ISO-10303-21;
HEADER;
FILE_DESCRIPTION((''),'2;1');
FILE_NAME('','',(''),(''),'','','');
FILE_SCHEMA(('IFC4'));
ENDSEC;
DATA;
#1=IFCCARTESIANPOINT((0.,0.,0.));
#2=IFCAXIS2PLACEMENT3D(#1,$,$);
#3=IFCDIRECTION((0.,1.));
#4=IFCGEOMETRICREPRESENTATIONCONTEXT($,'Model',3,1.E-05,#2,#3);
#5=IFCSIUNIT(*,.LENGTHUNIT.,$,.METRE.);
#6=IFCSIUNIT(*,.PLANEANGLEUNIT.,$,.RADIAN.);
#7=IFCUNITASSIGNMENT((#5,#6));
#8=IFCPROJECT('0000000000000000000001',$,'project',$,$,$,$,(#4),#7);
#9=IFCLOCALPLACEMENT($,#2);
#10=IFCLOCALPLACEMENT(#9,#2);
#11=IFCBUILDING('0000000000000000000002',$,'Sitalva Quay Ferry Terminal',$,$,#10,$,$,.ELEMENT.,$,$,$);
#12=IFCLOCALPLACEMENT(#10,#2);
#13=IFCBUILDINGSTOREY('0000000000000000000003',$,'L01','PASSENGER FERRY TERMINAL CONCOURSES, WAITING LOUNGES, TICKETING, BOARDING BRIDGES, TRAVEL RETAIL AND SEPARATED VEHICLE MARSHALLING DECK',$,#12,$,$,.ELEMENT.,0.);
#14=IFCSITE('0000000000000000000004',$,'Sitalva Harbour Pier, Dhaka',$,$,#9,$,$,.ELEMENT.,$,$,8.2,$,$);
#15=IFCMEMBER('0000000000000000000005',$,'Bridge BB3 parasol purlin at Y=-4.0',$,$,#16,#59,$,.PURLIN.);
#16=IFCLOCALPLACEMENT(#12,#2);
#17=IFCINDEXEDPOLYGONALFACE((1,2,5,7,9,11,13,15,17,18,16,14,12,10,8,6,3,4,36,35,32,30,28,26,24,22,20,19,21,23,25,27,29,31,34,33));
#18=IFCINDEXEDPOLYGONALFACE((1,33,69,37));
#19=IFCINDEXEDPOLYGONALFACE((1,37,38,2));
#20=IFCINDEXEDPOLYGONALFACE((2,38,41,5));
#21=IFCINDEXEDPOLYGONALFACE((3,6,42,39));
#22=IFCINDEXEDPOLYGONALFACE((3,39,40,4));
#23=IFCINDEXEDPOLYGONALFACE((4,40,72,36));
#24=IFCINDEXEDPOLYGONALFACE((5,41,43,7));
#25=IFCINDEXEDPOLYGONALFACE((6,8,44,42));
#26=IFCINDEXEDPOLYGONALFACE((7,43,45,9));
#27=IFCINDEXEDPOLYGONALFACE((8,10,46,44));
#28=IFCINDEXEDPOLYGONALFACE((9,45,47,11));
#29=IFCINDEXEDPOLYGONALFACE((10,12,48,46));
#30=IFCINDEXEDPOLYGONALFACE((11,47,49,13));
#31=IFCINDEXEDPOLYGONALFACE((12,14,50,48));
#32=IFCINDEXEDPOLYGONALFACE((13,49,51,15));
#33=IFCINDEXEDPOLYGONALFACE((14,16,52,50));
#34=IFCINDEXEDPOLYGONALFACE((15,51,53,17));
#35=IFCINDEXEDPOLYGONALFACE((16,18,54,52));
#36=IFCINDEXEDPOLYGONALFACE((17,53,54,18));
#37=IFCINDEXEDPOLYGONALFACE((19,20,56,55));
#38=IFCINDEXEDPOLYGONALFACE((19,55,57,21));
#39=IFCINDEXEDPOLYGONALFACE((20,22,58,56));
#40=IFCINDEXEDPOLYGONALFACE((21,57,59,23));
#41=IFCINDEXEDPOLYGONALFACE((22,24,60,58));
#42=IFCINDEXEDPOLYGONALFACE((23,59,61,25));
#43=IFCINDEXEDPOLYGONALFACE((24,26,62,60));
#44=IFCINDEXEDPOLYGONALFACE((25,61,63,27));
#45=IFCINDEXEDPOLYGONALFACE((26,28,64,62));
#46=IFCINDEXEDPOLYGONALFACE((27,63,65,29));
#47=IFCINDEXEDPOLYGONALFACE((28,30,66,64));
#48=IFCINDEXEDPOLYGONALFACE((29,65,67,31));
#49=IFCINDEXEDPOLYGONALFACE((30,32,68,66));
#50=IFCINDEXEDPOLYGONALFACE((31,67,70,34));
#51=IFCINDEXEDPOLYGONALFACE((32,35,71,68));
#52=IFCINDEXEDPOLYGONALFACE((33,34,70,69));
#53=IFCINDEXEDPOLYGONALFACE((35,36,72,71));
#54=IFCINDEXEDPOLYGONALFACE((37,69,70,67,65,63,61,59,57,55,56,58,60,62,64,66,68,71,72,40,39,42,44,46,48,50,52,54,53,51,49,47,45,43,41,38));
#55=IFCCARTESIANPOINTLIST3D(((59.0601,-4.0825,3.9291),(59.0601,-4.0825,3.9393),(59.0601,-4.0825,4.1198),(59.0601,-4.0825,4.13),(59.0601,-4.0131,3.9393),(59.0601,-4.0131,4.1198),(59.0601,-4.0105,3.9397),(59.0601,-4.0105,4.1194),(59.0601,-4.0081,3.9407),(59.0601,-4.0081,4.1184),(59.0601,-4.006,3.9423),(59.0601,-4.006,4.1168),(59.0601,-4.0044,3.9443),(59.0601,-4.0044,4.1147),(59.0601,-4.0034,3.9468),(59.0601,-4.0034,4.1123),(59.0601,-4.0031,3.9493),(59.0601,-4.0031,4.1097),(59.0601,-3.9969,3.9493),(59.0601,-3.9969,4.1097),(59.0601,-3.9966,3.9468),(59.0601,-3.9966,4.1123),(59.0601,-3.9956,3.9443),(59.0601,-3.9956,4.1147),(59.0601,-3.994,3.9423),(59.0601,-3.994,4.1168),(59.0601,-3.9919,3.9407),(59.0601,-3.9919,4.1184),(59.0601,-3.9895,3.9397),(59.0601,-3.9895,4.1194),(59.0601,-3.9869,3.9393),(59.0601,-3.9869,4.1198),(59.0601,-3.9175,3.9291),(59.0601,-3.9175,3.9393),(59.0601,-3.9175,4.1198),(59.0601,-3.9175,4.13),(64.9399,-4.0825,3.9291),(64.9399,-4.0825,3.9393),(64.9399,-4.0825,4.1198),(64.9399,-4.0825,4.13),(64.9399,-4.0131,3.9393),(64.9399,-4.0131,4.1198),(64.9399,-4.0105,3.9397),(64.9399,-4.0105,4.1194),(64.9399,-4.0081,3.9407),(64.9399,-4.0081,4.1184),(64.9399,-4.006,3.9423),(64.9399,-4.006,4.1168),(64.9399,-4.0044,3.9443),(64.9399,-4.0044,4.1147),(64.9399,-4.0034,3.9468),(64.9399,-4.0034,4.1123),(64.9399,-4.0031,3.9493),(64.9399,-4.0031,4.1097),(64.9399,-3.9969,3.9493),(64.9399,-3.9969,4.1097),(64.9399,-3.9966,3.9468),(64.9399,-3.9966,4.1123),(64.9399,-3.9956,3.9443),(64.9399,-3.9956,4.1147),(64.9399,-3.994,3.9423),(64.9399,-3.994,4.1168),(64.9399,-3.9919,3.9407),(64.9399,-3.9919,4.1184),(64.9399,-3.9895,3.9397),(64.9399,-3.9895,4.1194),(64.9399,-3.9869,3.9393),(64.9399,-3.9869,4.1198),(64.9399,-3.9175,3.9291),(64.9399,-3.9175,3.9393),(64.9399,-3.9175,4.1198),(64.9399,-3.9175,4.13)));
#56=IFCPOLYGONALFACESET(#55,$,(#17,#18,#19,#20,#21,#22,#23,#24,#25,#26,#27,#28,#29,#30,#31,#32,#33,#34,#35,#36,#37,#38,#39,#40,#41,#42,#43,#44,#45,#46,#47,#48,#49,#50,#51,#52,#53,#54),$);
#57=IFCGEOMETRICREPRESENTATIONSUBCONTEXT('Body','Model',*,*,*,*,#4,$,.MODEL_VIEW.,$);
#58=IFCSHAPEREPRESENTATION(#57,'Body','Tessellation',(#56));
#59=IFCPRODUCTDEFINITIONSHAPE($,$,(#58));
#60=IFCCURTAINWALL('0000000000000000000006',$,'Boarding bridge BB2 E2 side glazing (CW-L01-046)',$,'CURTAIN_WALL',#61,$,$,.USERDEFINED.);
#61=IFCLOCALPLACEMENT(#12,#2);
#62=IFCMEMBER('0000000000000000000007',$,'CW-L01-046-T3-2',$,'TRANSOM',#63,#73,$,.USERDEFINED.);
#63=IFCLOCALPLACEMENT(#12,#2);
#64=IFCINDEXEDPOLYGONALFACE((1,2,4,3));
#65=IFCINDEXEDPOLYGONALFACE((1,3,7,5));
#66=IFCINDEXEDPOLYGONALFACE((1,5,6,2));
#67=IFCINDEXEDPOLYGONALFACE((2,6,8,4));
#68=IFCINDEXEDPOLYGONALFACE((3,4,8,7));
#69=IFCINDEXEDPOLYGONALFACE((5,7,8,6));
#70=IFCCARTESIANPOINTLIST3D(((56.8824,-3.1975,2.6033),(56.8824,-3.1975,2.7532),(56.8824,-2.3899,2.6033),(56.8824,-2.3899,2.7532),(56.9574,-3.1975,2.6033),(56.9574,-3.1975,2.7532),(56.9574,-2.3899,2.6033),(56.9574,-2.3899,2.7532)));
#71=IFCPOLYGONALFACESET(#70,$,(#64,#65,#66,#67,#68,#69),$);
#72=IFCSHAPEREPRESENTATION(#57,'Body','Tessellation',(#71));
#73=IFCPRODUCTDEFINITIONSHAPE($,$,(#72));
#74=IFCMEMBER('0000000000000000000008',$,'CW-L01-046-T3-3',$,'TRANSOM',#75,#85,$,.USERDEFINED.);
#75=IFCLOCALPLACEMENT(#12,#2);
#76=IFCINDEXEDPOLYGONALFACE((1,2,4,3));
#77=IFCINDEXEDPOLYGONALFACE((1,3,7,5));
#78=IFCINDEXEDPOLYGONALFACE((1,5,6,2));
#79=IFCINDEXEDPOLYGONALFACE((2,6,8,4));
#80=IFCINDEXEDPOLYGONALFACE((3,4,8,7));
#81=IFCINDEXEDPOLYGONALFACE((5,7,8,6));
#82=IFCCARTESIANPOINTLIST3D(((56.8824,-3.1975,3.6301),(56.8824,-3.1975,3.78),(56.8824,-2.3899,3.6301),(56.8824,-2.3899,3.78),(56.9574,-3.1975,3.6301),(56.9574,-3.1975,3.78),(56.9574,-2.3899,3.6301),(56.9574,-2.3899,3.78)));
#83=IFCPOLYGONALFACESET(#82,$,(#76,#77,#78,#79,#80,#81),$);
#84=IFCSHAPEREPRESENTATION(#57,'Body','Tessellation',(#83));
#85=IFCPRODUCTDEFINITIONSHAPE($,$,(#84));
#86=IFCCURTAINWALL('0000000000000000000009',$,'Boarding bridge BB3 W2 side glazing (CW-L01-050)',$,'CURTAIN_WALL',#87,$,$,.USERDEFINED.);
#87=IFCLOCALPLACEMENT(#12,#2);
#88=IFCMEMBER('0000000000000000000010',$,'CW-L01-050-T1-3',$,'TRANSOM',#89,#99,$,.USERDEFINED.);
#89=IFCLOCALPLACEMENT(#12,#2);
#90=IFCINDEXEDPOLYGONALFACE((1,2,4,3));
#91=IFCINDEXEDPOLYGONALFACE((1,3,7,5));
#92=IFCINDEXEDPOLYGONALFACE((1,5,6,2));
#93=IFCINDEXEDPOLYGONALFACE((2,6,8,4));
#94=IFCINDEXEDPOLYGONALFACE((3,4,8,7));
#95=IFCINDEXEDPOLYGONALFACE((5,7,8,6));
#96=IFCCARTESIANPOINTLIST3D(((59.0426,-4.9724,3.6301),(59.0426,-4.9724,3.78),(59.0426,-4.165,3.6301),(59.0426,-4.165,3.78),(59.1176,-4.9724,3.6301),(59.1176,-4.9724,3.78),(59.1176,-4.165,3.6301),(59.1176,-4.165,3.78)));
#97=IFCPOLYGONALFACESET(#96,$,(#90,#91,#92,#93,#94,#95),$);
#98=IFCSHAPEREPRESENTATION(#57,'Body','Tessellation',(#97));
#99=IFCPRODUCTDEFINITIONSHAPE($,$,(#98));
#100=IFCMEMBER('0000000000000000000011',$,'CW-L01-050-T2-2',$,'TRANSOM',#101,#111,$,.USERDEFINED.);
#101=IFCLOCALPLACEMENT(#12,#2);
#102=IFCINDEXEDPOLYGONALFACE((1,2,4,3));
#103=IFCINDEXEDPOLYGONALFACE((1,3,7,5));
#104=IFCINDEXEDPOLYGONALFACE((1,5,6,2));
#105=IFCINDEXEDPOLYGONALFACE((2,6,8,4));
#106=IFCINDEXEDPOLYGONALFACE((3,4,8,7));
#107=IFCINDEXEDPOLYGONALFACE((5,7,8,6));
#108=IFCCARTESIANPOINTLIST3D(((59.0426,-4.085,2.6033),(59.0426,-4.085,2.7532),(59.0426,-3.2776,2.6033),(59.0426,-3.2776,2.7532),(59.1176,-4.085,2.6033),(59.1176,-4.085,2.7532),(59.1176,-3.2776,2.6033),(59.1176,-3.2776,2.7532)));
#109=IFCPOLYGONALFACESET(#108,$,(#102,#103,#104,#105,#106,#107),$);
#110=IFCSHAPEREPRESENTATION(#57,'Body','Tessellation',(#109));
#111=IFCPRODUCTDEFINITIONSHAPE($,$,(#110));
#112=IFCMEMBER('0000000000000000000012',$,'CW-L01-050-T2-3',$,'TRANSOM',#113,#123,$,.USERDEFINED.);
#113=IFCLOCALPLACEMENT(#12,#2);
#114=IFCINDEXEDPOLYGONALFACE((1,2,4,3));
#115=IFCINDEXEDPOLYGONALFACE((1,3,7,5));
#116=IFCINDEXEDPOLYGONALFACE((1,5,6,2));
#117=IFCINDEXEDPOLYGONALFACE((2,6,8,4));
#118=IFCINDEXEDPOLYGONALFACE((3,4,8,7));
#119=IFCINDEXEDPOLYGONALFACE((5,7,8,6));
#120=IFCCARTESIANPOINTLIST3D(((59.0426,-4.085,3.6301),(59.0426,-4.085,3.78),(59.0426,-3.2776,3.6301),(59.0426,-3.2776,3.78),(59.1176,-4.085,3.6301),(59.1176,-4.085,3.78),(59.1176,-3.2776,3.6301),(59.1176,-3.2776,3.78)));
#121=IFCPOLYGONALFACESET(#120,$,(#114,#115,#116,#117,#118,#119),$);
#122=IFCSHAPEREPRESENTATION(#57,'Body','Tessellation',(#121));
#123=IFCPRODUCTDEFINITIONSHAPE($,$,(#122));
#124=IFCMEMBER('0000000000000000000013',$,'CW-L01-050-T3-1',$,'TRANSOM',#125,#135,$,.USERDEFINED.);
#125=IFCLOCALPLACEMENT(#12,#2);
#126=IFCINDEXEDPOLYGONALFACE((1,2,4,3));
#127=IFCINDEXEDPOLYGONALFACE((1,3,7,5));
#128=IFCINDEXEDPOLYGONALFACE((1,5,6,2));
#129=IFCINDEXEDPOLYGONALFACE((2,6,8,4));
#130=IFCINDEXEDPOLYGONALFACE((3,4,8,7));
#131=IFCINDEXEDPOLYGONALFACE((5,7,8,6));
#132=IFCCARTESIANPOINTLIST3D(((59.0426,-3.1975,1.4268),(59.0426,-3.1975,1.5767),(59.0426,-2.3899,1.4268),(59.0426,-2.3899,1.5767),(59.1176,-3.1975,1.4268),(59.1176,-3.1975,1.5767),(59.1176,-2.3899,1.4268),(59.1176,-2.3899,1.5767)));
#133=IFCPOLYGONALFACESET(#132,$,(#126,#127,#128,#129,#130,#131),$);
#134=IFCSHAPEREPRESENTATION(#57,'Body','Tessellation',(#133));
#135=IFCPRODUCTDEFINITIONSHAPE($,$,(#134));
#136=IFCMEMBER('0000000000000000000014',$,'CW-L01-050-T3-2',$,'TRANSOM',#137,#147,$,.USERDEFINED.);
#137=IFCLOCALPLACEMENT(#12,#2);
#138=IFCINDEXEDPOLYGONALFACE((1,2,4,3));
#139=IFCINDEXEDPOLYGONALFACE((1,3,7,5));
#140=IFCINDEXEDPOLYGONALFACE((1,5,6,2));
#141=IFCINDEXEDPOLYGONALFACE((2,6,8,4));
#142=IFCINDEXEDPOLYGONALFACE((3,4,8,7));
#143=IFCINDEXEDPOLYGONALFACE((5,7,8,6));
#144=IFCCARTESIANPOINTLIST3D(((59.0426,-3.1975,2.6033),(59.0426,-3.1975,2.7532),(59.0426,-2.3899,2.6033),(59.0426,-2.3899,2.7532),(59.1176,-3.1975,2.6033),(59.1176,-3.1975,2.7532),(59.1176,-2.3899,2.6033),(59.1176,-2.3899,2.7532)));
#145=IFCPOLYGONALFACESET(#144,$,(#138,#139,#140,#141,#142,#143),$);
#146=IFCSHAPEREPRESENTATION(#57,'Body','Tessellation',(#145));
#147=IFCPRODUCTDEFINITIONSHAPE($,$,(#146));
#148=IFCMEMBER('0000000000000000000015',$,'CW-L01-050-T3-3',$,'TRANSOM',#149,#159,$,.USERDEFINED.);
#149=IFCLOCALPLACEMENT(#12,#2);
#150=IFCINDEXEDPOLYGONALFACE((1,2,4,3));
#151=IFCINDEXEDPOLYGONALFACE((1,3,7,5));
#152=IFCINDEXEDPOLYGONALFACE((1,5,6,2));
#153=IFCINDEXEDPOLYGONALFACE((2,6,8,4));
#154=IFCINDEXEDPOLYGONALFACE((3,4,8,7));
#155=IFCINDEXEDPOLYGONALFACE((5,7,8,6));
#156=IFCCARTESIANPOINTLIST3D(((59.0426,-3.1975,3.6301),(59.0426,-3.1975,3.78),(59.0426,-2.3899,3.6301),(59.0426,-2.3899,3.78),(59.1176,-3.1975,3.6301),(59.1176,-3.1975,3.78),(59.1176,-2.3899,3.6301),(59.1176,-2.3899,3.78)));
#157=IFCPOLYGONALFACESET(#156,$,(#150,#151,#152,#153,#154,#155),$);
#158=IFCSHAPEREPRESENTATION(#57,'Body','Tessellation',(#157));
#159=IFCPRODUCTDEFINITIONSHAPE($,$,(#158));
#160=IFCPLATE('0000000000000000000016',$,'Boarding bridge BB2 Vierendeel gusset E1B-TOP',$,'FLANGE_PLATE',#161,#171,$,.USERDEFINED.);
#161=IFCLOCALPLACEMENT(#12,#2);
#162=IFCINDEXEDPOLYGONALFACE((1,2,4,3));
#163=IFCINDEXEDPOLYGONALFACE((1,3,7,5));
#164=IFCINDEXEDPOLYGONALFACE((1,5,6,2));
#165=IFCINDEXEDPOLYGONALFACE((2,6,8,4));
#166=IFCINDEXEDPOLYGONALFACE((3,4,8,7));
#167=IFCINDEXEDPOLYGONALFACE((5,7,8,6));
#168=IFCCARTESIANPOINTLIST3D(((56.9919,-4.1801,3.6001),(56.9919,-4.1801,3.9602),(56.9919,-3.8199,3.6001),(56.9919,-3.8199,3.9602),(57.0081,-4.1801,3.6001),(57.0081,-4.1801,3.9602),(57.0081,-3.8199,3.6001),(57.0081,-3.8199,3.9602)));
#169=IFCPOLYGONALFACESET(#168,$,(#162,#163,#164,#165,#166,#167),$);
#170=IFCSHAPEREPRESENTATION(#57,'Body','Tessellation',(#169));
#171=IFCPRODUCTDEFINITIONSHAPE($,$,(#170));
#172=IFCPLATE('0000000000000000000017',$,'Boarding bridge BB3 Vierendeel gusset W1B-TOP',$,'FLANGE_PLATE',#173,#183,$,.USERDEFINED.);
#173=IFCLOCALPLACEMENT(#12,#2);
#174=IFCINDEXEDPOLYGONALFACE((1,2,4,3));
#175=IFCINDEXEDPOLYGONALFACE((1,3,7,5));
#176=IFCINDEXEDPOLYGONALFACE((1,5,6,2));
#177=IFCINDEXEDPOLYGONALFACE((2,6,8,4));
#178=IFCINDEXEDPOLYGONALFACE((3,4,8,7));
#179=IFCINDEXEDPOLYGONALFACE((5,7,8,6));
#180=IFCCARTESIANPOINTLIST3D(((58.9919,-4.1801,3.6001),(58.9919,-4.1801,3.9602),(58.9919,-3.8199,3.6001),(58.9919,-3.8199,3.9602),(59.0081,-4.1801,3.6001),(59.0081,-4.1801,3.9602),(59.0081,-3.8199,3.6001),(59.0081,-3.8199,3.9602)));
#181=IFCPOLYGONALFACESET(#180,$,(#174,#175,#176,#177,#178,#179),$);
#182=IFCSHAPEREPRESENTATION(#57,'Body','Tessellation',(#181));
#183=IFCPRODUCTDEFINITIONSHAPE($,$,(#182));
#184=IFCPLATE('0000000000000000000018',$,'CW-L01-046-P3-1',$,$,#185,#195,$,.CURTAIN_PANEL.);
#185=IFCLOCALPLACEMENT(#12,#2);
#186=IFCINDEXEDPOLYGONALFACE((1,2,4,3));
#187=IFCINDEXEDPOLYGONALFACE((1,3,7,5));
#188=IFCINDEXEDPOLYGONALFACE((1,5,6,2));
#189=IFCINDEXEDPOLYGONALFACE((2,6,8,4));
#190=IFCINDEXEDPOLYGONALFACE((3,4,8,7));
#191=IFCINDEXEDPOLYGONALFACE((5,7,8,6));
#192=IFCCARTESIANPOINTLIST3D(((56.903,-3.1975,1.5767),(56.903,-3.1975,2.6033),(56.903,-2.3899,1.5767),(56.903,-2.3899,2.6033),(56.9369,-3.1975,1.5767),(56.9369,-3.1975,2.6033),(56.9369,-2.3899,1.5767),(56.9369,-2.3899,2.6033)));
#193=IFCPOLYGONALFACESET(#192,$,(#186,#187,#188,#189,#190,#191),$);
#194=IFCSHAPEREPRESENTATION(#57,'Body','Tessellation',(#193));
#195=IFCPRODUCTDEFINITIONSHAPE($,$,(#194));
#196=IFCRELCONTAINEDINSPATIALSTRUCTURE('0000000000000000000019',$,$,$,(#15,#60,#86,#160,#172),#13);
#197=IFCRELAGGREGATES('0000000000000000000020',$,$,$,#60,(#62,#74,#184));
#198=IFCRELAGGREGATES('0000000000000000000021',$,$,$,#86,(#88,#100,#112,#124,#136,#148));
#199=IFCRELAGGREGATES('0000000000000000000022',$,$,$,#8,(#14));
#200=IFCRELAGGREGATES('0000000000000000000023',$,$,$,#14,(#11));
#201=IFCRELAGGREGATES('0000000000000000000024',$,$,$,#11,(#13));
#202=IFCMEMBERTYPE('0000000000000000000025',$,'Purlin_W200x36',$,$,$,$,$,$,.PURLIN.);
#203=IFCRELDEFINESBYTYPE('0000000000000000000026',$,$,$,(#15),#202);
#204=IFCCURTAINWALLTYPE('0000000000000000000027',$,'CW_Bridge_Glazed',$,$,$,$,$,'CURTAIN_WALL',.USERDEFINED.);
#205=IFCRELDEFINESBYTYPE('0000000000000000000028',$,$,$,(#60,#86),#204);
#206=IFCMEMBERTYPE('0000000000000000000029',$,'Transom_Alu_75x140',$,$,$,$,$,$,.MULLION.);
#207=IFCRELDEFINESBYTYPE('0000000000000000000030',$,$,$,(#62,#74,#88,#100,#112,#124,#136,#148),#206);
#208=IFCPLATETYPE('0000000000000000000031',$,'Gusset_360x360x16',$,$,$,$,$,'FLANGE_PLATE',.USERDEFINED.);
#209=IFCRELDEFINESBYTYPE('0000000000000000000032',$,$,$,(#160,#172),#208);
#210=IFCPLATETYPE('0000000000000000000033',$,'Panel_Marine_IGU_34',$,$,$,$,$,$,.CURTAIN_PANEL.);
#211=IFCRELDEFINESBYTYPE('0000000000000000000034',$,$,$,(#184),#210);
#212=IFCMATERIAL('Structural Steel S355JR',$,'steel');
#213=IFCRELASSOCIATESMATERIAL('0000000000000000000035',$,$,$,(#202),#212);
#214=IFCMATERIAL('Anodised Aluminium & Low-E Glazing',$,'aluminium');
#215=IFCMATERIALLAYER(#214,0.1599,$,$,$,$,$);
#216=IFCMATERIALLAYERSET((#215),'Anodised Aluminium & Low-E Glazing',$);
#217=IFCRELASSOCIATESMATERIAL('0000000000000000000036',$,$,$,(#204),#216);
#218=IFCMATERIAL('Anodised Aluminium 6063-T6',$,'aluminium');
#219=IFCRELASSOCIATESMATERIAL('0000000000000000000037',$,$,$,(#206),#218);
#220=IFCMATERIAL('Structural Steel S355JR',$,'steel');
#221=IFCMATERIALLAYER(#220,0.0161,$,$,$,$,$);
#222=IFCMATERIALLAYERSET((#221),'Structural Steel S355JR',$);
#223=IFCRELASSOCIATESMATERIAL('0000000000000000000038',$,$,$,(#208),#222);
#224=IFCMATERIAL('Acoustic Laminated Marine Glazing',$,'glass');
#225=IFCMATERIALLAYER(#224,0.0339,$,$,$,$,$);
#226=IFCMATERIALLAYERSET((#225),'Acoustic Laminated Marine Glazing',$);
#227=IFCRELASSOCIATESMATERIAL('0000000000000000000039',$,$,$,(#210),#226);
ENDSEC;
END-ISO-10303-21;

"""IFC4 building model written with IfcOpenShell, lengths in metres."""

from ifc_helpers import new_model, si_unit, direction, frame, origin, origin_2d, place, context, subcontext, project, spatial, rectangle, i_section, extrude, material, layer, layer_set, material_profile, profile_set, type_object, element, aggregate, save


model = new_model("IFC4")

# Units and contexts
model_context = context("Model", 3, precision=1e-05, world=origin(), true_north=direction((0.0, 1.0)))
body_context = subcontext(model_context, "Body", "Model", "MODEL_VIEW")
ifc_project = project(units=[si_unit("LENGTHUNIT", "METRE"), si_unit("PLANEANGLEUNIT", "RADIAN")], contexts=[model_context])

# Site, building, storey
site_placement = place(None, origin())
site = spatial("IfcSite", under=ifc_project, at=site_placement, Name="Sitalva Harbour Pier, Dhaka", CompositionType="ELEMENT", RefElevation=8.2)
building_placement = place(site_placement, origin())
building = spatial("IfcBuilding", under=site, at=building_placement, Name="Sitalva Quay Ferry Terminal", CompositionType="ELEMENT")
storey_placement = place(building_placement, origin())
storey = spatial("IfcBuildingStorey", under=building, at=storey_placement, Name="L01", Description="PASSENGER FERRY TERMINAL CONCOURSES, WAITING LOUNGES, TICKETING, BOARDING BRIDGES, TRAVEL RETAIL AND SEPARATED VEHICLE MARSHALLING DECK", CompositionType="ELEMENT", Elevation=0.0)

# Member
ifc_material_1 = material(Name="Structural Steel S355JR", Category="steel")
ifc_material_profile_1 = material_profile(ifc_material_1, i_section(OverallWidth=0.165, OverallDepth=0.2009, WebThickness=0.0061, FlangeThickness=0.0103, FilletRadius=0.01, at=origin_2d()), Name="W200x36")
ifc_profile_set_1 = profile_set([ifc_material_profile_1], Name="Structural Steel S355JR")
member_type_1 = type_object("IfcMemberType", Name="Purlin_W200x36", PredefinedType="PURLIN", material=ifc_profile_set_1)
member_1_placement = place(storey_placement, frame((59.0601, -4.0, 4.0295), z_axis=(1.0, 0.0, 0.0), x_axis=(0.0, 1.0, 0.0)))
element("IfcMember", 1, at=member_1_placement, inside=storey, type_object=member_type_1, Name="Bridge BB3 parasol purlin at Y=-4.0", PredefinedType="PURLIN", context=body_context, shape_type="SweptSolid", body=[
    extrude(i_section(OverallWidth=0.165, OverallDepth=0.2009, WebThickness=0.0061, FlangeThickness=0.0103, FilletRadius=0.01, at=origin_2d()), origin(), (0.0, 0.0, 1.0), 5.8799),
])

# Curtain walls, members
ifc_material_2 = material(Name="Anodised Aluminium & Low-E Glazing", Category="aluminium")
ifc_layer_1 = layer(ifc_material_2, 0.1599)
ifc_layer_set_1 = layer_set([ifc_layer_1], Name="Anodised Aluminium & Low-E Glazing")
curtain_wall_type = type_object("IfcCurtainWallType", Name="CW_Bridge_Glazed", ElementType="CURTAIN_WALL", PredefinedType="USERDEFINED", material=ifc_layer_set_1)
curtain_wall_1_placement = place(storey_placement, origin())
curtain_wall_1 = element("IfcCurtainWall", 2, at=curtain_wall_1_placement, inside=storey, type_object=curtain_wall_type, Name="Boarding bridge BB2 E2 side glazing (CW-L01-046)", ObjectType="CURTAIN_WALL", PredefinedType="USERDEFINED")
ifc_material_3 = material(Name="Anodised Aluminium 6063-T6", Category="aluminium")
ifc_material_profile_2 = material_profile(ifc_material_3, rectangle(XDim=0.075, YDim=0.1499, at=origin_2d()), Name="ALU75x150")
ifc_profile_set_2 = profile_set([ifc_material_profile_2], Name="Anodised Aluminium 6063-T6")
member_type_2 = type_object("IfcMemberType", Name="Transom_Alu_75x140", PredefinedType="MULLION", material=ifc_profile_set_2)
member_2_placement = place(storey_placement, frame((56.9199, -3.1975, 2.6782), z_axis=(0.0, 1.0, 0.0), x_axis=(-1.0, 0.0, 0.0)))
member_2 = element("IfcMember", 3, at=member_2_placement, type_object=member_type_2, Name="CW-L01-046-T3-2", ObjectType="TRANSOM", PredefinedType="USERDEFINED", context=body_context, shape_type="SweptSolid", body=[
    extrude(rectangle(XDim=0.075, YDim=0.1499, at=origin_2d()), origin(), (0.0, 0.0, 1.0), 0.8076),
])
member_3_placement = place(storey_placement, frame((56.9199, -3.1975, 3.7051), z_axis=(0.0, 1.0, 0.0), x_axis=(-1.0, 0.0, 0.0)))
member_3 = element("IfcMember", 4, at=member_3_placement, type_object=member_type_2, Name="CW-L01-046-T3-3", ObjectType="TRANSOM", PredefinedType="USERDEFINED", context=body_context, shape_type="SweptSolid", body=[
    extrude(rectangle(XDim=0.075, YDim=0.1499, at=origin_2d()), origin(), (0.0, 0.0, 1.0), 0.8076),
])
curtain_wall_2_placement = place(storey_placement, origin())
curtain_wall_2 = element("IfcCurtainWall", 5, at=curtain_wall_2_placement, inside=storey, type_object=curtain_wall_type, Name="Boarding bridge BB3 W2 side glazing (CW-L01-050)", ObjectType="CURTAIN_WALL", PredefinedType="USERDEFINED")
member_4_placement = place(storey_placement, frame((59.0801, -4.9724, 3.7051), z_axis=(0.0, 1.0, 0.0), x_axis=(-1.0, 0.0, 0.0)))
member_4 = element("IfcMember", 6, at=member_4_placement, type_object=member_type_2, Name="CW-L01-050-T1-3", ObjectType="TRANSOM", PredefinedType="USERDEFINED", context=body_context, shape_type="SweptSolid", body=[
    extrude(rectangle(XDim=0.075, YDim=0.1499, at=origin_2d()), origin(), (0.0, 0.0, 1.0), 0.8074),
])
member_5_placement = place(storey_placement, frame((59.0801, -4.085, 2.6782), z_axis=(0.0, 1.0, 0.0), x_axis=(-1.0, 0.0, 0.0)))
member_5 = element("IfcMember", 7, at=member_5_placement, type_object=member_type_2, Name="CW-L01-050-T2-2", ObjectType="TRANSOM", PredefinedType="USERDEFINED", context=body_context, shape_type="SweptSolid", body=[
    extrude(rectangle(XDim=0.075, YDim=0.1499, at=origin_2d()), origin(), (0.0, 0.0, 1.0), 0.8074),
])
member_6_placement = place(storey_placement, frame((59.0801, -4.085, 3.7051), z_axis=(0.0, 1.0, 0.0), x_axis=(-1.0, 0.0, 0.0)))
member_6 = element("IfcMember", 8, at=member_6_placement, type_object=member_type_2, Name="CW-L01-050-T2-3", ObjectType="TRANSOM", PredefinedType="USERDEFINED", context=body_context, shape_type="SweptSolid", body=[
    extrude(rectangle(XDim=0.075, YDim=0.1499, at=origin_2d()), origin(), (0.0, 0.0, 1.0), 0.8074),
])
member_7_placement = place(storey_placement, frame((59.0801, -3.1975, 1.5017), z_axis=(0.0, 1.0, 0.0), x_axis=(-1.0, 0.0, 0.0)))
member_7 = element("IfcMember", 9, at=member_7_placement, type_object=member_type_2, Name="CW-L01-050-T3-1", ObjectType="TRANSOM", PredefinedType="USERDEFINED", context=body_context, shape_type="SweptSolid", body=[
    extrude(rectangle(XDim=0.075, YDim=0.1499, at=origin_2d()), origin(), (0.0, 0.0, 1.0), 0.8076),
])
member_8_placement = place(storey_placement, frame((59.0801, -3.1975, 2.6782), z_axis=(0.0, 1.0, 0.0), x_axis=(-1.0, 0.0, 0.0)))
member_8 = element("IfcMember", 10, at=member_8_placement, type_object=member_type_2, Name="CW-L01-050-T3-2", ObjectType="TRANSOM", PredefinedType="USERDEFINED", context=body_context, shape_type="SweptSolid", body=[
    extrude(rectangle(XDim=0.075, YDim=0.1499, at=origin_2d()), origin(), (0.0, 0.0, 1.0), 0.8076),
])
member_9_placement = place(storey_placement, frame((59.0801, -3.1975, 3.7051), z_axis=(0.0, 1.0, 0.0), x_axis=(-1.0, 0.0, 0.0)))
member_9 = element("IfcMember", 11, at=member_9_placement, type_object=member_type_2, Name="CW-L01-050-T3-3", ObjectType="TRANSOM", PredefinedType="USERDEFINED", context=body_context, shape_type="SweptSolid", body=[
    extrude(rectangle(XDim=0.075, YDim=0.1499, at=origin_2d()), origin(), (0.0, 0.0, 1.0), 0.8076),
])

# Plates
ifc_material_4 = material(Name="Structural Steel S355JR", Category="steel")
ifc_layer_2 = layer(ifc_material_4, 0.0161)
ifc_layer_set_2 = layer_set([ifc_layer_2], Name="Structural Steel S355JR")
plate_type_1 = type_object("IfcPlateType", Name="Gusset_360x360x16", ElementType="FLANGE_PLATE", PredefinedType="USERDEFINED", material=ifc_layer_set_2)
for number, where, z_axis, x_axis, name in (
    (12, (57.0, -4.0, 3.6001), (0.0, 0.0, 1.0), (1.0, 0.0, 0.0), "Boarding bridge BB2 Vierendeel gusset E1B-TOP"),
    (13, (59.0, -4.0, 3.6001), (0.0, 0.0, 1.0), (1.0, 0.0, 0.0), "Boarding bridge BB3 Vierendeel gusset W1B-TOP"),
):
    element("IfcPlate", number, at=place(storey_placement, frame(where, z_axis=z_axis, x_axis=x_axis)), inside=storey, type_object=plate_type_1, Name=name, ObjectType="FLANGE_PLATE", PredefinedType="USERDEFINED", context=body_context, shape_type="SweptSolid", body=[
        extrude(rectangle(XDim=0.0161, YDim=0.3601, at=origin_2d()), origin(), (0.0, 0.0, 1.0), 0.3601),
    ])

# Plate
ifc_material_5 = material(Name="Acoustic Laminated Marine Glazing", Category="glass")
ifc_layer_3 = layer(ifc_material_5, 0.0339)
ifc_layer_set_3 = layer_set([ifc_layer_3], Name="Acoustic Laminated Marine Glazing")
plate_type_2 = type_object("IfcPlateType", Name="Panel_Marine_IGU_34", PredefinedType="CURTAIN_PANEL", material=ifc_layer_set_3)
plate_1_placement = place(storey_placement, frame((56.9199, -2.7937, 1.5767), z_axis=(0.0, 0.0, 1.0), x_axis=(0.0, 1.0, 0.0)))
plate_1 = element("IfcPlate", 14, at=plate_1_placement, type_object=plate_type_2, Name="CW-L01-046-P3-1", PredefinedType="CURTAIN_PANEL", context=body_context, shape_type="SweptSolid", body=[
    extrude(rectangle(XDim=0.8076, YDim=0.0339, at=origin_2d()), origin(), (0.0, 0.0, 1.0), 1.0266),
])
aggregate(curtain_wall_1, [member_2, member_3, plate_1])
aggregate(curtain_wall_2, [member_4, member_5, member_6, member_7, member_8, member_9])

save(model, "model.ifc")
